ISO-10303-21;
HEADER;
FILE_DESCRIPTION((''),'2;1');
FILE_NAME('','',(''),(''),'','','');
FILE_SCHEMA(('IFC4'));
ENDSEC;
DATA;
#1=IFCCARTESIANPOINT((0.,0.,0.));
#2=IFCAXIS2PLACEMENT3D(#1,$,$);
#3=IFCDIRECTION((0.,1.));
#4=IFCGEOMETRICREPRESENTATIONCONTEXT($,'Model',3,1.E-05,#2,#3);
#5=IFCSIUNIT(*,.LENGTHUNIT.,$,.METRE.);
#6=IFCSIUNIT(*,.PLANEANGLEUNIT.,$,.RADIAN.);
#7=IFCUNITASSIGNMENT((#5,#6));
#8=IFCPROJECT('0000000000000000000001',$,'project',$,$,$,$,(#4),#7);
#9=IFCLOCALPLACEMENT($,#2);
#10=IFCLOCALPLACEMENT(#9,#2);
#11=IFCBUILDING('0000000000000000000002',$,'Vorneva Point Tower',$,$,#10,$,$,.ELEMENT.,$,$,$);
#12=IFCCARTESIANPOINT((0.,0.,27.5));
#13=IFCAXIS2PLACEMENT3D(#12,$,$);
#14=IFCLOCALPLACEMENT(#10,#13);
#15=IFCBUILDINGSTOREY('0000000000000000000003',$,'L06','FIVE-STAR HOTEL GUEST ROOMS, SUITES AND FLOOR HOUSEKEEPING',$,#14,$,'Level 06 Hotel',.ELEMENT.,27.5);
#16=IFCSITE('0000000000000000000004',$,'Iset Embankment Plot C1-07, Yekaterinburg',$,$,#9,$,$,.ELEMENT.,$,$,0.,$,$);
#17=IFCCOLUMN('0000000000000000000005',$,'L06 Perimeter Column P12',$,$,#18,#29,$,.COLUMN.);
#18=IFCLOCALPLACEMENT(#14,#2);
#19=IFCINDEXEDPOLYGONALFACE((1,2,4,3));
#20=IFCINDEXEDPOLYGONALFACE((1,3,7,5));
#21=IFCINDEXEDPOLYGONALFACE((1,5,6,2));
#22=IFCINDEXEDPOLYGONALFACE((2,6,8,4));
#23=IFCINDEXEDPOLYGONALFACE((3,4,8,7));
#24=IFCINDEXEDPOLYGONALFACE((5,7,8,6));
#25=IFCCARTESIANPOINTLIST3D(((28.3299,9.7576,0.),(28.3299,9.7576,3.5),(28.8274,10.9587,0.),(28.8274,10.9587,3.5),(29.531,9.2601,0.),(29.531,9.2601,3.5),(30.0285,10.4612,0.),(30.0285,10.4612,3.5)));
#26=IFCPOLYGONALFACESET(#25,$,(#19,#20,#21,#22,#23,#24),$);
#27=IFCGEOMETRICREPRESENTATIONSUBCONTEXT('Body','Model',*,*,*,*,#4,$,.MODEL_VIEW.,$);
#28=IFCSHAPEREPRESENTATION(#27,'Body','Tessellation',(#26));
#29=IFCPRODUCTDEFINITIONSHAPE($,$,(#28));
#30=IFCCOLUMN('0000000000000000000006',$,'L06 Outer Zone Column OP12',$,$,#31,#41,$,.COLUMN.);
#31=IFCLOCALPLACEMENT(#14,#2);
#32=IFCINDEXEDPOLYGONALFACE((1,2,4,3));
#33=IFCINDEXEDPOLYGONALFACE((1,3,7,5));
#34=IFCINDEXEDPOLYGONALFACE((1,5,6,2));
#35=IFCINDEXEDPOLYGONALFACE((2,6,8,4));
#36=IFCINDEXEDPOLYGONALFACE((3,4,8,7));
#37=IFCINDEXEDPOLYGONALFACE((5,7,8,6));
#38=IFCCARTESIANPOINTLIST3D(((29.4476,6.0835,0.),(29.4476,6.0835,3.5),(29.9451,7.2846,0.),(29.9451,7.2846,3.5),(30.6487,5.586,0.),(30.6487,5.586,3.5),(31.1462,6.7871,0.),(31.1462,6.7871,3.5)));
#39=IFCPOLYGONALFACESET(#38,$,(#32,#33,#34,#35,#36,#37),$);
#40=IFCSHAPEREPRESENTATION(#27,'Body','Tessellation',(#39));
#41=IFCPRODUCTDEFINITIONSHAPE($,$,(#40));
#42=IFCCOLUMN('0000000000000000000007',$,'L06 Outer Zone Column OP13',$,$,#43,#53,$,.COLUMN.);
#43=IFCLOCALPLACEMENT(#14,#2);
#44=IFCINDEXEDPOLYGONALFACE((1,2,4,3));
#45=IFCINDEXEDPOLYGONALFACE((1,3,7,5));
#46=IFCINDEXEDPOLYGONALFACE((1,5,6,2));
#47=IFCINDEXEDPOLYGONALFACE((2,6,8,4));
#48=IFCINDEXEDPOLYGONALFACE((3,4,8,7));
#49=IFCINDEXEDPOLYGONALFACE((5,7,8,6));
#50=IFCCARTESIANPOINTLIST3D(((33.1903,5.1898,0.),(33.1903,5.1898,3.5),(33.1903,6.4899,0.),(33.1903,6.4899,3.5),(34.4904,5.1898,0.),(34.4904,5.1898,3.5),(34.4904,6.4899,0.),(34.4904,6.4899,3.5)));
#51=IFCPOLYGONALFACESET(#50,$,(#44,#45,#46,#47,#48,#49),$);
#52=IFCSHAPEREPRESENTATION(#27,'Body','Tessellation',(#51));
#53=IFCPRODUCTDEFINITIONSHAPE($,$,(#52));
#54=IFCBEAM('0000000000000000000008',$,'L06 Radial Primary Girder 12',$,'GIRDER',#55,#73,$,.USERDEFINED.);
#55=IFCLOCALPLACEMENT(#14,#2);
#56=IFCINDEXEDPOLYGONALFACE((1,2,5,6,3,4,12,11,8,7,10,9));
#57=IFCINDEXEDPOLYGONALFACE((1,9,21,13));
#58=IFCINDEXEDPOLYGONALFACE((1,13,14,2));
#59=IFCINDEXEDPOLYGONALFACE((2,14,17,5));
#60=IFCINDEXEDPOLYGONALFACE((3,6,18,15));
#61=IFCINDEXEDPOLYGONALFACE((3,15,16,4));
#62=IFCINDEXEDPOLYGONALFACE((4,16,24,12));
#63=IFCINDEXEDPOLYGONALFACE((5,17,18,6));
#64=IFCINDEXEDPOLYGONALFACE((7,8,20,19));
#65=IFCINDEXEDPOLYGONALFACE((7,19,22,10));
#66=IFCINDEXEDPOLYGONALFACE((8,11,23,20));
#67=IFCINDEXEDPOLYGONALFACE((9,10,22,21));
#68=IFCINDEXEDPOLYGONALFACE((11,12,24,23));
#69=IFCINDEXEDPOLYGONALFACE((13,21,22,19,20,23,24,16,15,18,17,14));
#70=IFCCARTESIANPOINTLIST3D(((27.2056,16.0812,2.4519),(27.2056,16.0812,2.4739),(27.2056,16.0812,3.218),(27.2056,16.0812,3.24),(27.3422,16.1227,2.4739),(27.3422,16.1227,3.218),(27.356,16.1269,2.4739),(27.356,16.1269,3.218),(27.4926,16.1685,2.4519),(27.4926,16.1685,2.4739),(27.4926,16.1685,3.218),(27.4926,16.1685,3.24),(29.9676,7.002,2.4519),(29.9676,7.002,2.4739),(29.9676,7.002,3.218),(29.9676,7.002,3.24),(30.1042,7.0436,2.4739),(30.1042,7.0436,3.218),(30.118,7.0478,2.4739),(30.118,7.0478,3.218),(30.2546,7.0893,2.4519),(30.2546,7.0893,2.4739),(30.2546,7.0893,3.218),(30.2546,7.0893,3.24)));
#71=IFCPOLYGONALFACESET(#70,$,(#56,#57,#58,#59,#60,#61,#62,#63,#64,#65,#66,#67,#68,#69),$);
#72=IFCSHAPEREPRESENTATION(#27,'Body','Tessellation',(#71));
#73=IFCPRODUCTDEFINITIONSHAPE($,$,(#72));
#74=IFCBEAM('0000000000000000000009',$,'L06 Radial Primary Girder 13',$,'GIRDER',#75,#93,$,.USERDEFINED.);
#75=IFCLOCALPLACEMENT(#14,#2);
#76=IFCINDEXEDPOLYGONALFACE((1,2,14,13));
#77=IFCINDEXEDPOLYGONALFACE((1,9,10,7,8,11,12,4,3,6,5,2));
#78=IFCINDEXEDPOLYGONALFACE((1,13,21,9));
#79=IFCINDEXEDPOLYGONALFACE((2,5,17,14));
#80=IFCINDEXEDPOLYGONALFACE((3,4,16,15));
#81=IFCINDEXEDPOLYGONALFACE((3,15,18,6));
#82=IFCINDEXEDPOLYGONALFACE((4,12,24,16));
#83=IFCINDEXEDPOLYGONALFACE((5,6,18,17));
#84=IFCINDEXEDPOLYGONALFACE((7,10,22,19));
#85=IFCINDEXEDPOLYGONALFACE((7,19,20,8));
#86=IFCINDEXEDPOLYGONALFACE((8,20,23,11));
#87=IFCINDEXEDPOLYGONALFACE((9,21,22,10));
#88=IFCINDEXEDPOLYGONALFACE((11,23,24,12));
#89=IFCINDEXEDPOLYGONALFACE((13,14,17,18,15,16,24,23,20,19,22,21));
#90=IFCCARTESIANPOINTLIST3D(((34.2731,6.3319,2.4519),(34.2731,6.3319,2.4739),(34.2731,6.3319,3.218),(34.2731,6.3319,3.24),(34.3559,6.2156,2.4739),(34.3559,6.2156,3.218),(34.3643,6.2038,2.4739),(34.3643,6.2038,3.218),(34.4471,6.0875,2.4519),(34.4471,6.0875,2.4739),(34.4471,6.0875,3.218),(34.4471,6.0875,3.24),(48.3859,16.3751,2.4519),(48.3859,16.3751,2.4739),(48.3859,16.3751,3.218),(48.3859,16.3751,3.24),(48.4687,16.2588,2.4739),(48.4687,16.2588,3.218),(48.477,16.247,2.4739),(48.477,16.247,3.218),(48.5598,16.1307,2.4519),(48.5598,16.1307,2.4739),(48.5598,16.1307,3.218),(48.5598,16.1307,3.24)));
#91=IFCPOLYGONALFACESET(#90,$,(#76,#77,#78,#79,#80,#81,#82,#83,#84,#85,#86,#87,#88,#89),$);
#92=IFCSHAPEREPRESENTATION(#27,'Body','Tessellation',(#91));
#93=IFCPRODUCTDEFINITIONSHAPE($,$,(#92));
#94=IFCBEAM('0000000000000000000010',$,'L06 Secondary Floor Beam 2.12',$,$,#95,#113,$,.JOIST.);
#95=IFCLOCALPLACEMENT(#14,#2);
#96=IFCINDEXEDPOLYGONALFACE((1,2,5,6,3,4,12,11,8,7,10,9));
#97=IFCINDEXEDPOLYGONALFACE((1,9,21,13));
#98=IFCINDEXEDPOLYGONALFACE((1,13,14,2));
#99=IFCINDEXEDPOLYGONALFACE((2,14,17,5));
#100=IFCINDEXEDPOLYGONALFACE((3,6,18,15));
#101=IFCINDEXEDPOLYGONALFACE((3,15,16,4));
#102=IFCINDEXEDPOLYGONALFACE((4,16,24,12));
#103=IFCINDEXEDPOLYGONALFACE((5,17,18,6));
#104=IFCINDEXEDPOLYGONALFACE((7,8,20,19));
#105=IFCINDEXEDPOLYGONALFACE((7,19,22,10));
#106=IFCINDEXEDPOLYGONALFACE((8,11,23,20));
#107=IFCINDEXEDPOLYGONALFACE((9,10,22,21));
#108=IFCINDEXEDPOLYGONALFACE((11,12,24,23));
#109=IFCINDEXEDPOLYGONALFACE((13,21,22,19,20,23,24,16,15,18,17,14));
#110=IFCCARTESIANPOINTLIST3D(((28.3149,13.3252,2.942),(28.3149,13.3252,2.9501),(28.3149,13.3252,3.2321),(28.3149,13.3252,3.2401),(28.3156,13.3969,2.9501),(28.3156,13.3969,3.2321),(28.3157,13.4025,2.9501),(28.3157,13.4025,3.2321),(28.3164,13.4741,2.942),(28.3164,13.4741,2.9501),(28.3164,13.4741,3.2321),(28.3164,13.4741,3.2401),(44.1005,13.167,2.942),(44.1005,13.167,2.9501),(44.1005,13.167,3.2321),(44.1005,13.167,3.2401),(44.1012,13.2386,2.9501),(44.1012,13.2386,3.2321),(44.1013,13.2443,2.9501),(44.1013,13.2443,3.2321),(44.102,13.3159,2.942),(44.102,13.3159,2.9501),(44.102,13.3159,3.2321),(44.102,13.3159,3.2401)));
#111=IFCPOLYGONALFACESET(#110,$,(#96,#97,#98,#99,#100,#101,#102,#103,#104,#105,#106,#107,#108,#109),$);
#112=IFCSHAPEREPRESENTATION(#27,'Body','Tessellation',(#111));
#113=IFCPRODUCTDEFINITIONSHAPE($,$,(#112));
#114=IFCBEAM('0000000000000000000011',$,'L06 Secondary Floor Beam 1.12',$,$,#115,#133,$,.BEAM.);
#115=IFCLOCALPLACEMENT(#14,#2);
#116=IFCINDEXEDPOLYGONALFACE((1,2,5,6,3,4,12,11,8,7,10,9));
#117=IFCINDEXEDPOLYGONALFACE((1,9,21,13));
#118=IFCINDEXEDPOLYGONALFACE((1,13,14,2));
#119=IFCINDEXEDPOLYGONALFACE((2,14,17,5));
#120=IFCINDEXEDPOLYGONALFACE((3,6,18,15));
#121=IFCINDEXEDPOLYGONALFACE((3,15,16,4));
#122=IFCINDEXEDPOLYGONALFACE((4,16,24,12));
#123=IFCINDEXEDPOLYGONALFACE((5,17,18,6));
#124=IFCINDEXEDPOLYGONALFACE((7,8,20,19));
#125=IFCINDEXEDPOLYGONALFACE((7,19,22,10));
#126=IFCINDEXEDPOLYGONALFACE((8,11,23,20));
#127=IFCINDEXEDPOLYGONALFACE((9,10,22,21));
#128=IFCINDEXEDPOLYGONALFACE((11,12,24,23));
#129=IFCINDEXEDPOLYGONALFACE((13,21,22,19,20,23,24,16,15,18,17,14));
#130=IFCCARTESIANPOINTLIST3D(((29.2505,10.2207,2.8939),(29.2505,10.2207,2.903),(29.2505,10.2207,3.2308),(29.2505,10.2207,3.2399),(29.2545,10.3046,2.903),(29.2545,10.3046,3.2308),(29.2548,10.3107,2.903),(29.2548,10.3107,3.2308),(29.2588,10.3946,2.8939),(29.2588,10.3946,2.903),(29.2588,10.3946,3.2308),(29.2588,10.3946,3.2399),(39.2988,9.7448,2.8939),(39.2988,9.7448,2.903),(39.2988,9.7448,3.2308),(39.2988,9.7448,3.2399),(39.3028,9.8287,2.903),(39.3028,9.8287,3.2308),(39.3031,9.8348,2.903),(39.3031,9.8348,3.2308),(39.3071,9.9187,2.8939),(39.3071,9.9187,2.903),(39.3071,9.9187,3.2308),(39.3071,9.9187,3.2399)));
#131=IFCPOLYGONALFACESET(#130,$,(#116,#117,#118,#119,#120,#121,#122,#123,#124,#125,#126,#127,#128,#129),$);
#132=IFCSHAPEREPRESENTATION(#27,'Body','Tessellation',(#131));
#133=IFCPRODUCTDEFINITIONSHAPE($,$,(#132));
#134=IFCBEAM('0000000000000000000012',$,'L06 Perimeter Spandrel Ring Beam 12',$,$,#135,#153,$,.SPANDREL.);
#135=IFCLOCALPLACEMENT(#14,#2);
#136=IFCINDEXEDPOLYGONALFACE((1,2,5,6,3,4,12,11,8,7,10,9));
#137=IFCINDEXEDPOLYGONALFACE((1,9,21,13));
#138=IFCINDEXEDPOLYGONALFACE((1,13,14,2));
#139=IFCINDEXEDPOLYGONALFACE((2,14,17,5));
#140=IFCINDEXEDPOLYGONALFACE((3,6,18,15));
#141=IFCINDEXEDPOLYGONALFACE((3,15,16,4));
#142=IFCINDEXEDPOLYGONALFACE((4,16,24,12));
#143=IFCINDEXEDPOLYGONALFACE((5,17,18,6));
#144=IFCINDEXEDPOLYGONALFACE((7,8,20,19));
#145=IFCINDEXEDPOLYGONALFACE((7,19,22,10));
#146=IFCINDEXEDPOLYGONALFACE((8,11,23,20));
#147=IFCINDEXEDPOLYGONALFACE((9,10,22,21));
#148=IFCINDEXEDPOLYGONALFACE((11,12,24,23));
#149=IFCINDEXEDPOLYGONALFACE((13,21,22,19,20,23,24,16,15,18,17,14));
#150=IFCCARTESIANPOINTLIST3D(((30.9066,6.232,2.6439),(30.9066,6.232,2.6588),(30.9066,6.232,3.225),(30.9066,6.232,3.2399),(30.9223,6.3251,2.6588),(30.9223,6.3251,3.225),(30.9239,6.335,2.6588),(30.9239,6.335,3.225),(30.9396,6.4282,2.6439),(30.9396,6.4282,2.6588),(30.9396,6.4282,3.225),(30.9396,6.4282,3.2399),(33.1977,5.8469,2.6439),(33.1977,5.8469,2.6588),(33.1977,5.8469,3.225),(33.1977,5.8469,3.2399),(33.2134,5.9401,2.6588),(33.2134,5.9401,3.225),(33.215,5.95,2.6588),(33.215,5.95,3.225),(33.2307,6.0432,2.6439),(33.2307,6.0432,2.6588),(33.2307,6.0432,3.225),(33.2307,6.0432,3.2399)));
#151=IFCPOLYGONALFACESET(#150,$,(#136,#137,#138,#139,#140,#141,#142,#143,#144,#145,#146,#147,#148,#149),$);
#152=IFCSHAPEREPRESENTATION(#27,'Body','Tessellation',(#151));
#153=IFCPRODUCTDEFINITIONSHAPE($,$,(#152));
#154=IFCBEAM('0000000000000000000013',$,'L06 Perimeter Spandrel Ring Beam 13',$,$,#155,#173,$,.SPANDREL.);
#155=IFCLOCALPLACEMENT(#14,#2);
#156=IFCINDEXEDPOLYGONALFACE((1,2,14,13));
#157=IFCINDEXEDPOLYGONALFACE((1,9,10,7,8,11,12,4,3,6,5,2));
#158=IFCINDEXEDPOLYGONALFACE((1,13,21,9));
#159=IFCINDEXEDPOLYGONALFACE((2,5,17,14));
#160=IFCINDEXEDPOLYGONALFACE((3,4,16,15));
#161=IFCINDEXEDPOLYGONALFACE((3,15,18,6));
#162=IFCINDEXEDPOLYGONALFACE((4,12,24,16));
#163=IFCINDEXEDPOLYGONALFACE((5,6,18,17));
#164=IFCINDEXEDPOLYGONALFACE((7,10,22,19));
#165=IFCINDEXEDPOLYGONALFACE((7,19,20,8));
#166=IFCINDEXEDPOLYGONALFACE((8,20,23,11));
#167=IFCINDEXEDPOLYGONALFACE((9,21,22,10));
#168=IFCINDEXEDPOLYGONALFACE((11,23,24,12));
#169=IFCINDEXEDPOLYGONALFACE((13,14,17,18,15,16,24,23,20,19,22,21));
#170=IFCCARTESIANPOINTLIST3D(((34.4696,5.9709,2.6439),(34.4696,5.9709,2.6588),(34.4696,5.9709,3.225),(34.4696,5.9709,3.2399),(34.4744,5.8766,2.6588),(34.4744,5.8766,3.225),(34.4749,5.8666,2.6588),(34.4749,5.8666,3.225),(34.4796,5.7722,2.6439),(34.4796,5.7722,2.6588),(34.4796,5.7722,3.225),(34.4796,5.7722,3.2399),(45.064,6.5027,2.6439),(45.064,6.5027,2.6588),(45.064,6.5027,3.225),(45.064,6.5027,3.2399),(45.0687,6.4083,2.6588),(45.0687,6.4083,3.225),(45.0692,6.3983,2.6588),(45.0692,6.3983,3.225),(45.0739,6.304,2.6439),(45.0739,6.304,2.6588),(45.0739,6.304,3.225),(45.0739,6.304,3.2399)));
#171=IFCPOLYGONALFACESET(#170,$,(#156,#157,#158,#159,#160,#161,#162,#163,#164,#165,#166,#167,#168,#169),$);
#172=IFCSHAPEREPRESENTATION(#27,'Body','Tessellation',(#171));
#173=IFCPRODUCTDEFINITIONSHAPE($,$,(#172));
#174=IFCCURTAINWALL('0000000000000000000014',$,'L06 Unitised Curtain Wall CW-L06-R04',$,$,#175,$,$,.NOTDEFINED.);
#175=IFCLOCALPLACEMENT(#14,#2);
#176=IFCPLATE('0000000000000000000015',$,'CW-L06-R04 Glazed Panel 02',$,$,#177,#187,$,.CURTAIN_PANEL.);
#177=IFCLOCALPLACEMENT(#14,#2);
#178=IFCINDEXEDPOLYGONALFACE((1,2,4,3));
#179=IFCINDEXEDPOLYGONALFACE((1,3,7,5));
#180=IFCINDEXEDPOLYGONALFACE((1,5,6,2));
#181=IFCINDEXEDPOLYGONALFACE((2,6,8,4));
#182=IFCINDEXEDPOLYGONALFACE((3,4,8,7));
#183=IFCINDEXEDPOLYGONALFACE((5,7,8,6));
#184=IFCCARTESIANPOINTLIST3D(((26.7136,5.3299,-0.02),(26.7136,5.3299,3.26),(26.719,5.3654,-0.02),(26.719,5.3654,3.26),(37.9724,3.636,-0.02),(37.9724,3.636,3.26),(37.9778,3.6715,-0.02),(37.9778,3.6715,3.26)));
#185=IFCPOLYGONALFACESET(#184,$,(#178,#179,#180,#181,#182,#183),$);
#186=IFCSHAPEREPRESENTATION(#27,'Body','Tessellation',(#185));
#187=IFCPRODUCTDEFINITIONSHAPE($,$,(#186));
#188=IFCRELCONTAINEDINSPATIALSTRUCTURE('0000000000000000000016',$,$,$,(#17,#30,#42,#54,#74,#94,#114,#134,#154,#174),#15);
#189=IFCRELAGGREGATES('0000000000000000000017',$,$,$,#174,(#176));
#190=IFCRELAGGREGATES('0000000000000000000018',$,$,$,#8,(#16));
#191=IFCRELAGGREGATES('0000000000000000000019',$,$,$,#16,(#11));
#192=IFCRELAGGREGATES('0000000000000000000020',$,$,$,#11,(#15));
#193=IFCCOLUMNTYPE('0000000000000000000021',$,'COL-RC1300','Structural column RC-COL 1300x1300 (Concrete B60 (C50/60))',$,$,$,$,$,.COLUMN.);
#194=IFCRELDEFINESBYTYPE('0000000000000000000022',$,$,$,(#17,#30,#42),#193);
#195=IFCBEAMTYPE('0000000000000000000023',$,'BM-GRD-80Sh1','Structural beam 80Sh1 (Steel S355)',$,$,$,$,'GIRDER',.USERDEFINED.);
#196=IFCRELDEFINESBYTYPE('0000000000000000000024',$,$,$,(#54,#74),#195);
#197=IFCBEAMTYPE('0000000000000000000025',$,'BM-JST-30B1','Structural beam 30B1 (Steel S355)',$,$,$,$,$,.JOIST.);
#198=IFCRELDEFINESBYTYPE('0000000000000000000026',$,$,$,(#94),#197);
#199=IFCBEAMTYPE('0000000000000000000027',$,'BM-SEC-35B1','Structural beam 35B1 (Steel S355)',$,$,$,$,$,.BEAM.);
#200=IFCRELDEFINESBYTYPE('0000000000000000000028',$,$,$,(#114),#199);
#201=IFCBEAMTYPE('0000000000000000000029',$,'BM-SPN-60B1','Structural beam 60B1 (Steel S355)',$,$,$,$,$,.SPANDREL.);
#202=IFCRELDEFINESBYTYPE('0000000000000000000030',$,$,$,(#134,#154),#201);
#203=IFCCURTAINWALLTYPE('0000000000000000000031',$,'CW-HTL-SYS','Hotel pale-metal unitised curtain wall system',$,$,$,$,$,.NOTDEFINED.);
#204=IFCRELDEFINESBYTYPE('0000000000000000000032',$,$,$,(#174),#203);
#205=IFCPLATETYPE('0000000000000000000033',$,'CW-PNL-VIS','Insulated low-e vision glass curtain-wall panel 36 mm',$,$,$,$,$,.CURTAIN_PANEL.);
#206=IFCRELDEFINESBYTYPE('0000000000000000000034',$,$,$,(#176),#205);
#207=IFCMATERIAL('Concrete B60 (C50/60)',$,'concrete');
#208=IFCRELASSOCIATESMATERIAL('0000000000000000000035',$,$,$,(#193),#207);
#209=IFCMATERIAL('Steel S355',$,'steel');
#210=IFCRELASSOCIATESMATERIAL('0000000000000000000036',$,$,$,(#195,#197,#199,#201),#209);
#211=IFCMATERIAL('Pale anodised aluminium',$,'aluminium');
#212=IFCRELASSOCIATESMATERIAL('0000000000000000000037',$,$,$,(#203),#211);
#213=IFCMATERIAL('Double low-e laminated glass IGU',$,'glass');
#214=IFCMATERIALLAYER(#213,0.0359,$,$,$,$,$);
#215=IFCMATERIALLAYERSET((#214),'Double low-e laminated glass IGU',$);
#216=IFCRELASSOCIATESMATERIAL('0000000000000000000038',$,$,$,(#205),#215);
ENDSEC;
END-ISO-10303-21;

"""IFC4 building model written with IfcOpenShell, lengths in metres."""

from ifc_helpers import new_model, si_unit, direction, frame, origin, origin_2d, place, context, subcontext, project, spatial, rectangle, i_section, extrude, material, layer, layer_set, material_profile, profile_set, type_object, element, aggregate, save


model = new_model("IFC4")

# Units and contexts
model_context = context("Model", 3, precision=1e-05, world=origin(), true_north=direction((0.0, 1.0)))
body_context = subcontext(model_context, "Body", "Model", "MODEL_VIEW")
ifc_project = project(units=[si_unit("LENGTHUNIT", "METRE"), si_unit("PLANEANGLEUNIT", "RADIAN")], contexts=[model_context])

# Site, building, storey
site_placement = place(None, origin())
site = spatial("IfcSite", under=ifc_project, at=site_placement, Name="Iset Embankment Plot C1-07, Yekaterinburg", CompositionType="ELEMENT", RefElevation=0.0)
building_placement = place(site_placement, origin())
building = spatial("IfcBuilding", under=site, at=building_placement, Name="Vorneva Point Tower", CompositionType="ELEMENT")
storey_placement = place(building_placement, frame((0.0, 0.0, 27.5)))
storey = spatial("IfcBuildingStorey", under=building, at=storey_placement, Name="L06", Description="FIVE-STAR HOTEL GUEST ROOMS, SUITES AND FLOOR HOUSEKEEPING", LongName="Level 06 Hotel", CompositionType="ELEMENT", Elevation=27.5)

# Columns
ifc_material_1 = material(Name="Concrete B60 (C50/60)", Category="concrete")
ifc_material_profile_1 = material_profile(ifc_material_1, rectangle(XDim=1.3, YDim=1.3, at=origin_2d()), Name="RC-COL 1300x1300")
ifc_profile_set_1 = profile_set([ifc_material_profile_1], Name="Concrete B60 (C50/60)")
column_type = type_object("IfcColumnType", Name="COL-RC1300", Description="Structural column RC-COL 1300x1300 (Concrete B60 (C50/60))", PredefinedType="COLUMN", material=ifc_profile_set_1)
for number, where, z_axis, x_axis, name in (
    (1, (29.1792, 10.1094, 0.0), (0.0, 0.0, 1.0), (-0.382683, -0.92388, 0.0), "L06 Perimeter Column P12"),
    (2, (30.2969, 6.4353, 0.0), (0.0, 0.0, 1.0), (-0.382683, -0.92388, 0.0), "L06 Outer Zone Column OP12"),
    (3, (33.8403, 5.8398, 0.0), (0.0, 0.0, 1.0), (0.0, -1.0, 0.0), "L06 Outer Zone Column OP13"),
):
    element("IfcColumn", number, at=place(storey_placement, frame(where, z_axis=z_axis, x_axis=x_axis)), inside=storey, type_object=column_type, Name=name, PredefinedType="COLUMN", context=body_context, shape_type="SweptSolid", body=[
        extrude(rectangle(XDim=1.3, YDim=1.3, at=origin_2d()), origin(), (0.0, 0.0, 1.0), 3.5),
    ])

# Beams
ifc_material_2 = material(Name="Steel S355", Category="steel")
ifc_material_profile_2 = material_profile(ifc_material_2, i_section(OverallWidth=0.3, OverallDepth=0.7881, WebThickness=0.0144, FlangeThickness=0.022, at=origin_2d()), Name="80Sh1")
ifc_profile_set_2 = profile_set([ifc_material_profile_2], Name="Steel S355")
beam_type_1 = type_object("IfcBeamType", Name="BM-GRD-80Sh1", Description="Structural beam 80Sh1 (Steel S355)", ElementType="GIRDER", PredefinedType="USERDEFINED", material=ifc_profile_set_2)
beam_1_placement = place(storey_placement, frame((30.1111, 7.0457, 2.8459), z_axis=(-0.291042, 0.95671, 0.0), x_axis=(-0.95671, -0.291042, 0.0)))
element("IfcBeam", 4, at=beam_1_placement, inside=storey, type_object=beam_type_1, Name="L06 Radial Primary Girder 12", ObjectType="GIRDER", PredefinedType="USERDEFINED", context=body_context, shape_type="SweptSolid", body=[
    extrude(i_section(OverallWidth=0.3, OverallDepth=0.7881, WebThickness=0.0144, FlangeThickness=0.022, at=origin_2d()), origin(), (0.0, 0.0, 1.0), 9.49),
])
beam_2_placement = place(storey_placement, frame((34.3601, 6.2097, 2.8459), z_axis=(0.814752, 0.579809, 0.0), x_axis=(-0.579809, 0.814752, 0.0)))
element("IfcBeam", 5, at=beam_2_placement, inside=storey, type_object=beam_type_1, Name="L06 Radial Primary Girder 13", ObjectType="GIRDER", PredefinedType="USERDEFINED", context=body_context, shape_type="SweptSolid", body=[
    extrude(i_section(OverallWidth=0.3, OverallDepth=0.7881, WebThickness=0.0144, FlangeThickness=0.022, at=origin_2d()), origin(), (0.0, 0.0, 1.0), 17.3215),
])
ifc_material_profile_3 = material_profile(ifc_material_2, i_section(OverallWidth=0.1489, OverallDepth=0.2981, WebThickness=0.0056, FlangeThickness=0.0081, at=origin_2d()), Name="30B1")
ifc_profile_set_3 = profile_set([ifc_material_profile_3], Name="Steel S355")
beam_type_2 = type_object("IfcBeamType", Name="BM-JST-30B1", Description="Structural beam 30B1 (Steel S355)", PredefinedType="JOIST", material=ifc_profile_set_3)
beam_3_placement = place(storey_placement, frame((28.3157, 13.3997, 3.0911), z_axis=(0.99995, -0.010021, 0.0), x_axis=(0.010021, 0.99995, 0.0)))
element("IfcBeam", 6, at=beam_3_placement, inside=storey, type_object=beam_type_2, Name="L06 Secondary Floor Beam 2.12", PredefinedType="JOIST", context=body_context, shape_type="SweptSolid", body=[
    extrude(i_section(OverallWidth=0.1489, OverallDepth=0.2981, WebThickness=0.0056, FlangeThickness=0.0081, at=origin_2d()), origin(), (0.0, 0.0, 1.0), 15.7864),
])
ifc_material_profile_4 = material_profile(ifc_material_2, i_section(OverallWidth=0.1741, OverallDepth=0.3459, WebThickness=0.0061, FlangeThickness=0.009, at=origin_2d()), Name="35B1")
ifc_profile_set_4 = profile_set([ifc_material_profile_4], Name="Steel S355")
beam_type_3 = type_object("IfcBeamType", Name="BM-SEC-35B1", Description="Structural beam 35B1 (Steel S355)", PredefinedType="BEAM", material=ifc_profile_set_4)
beam_4_placement = place(storey_placement, frame((29.2546, 10.3076, 3.0669), z_axis=(0.998881, -0.047301, 0.0), x_axis=(0.047301, 0.998881, 0.0)))
element("IfcBeam", 7, at=beam_4_placement, inside=storey, type_object=beam_type_3, Name="L06 Secondary Floor Beam 1.12", PredefinedType="BEAM", context=body_context, shape_type="SweptSolid", body=[
    extrude(i_section(OverallWidth=0.1741, OverallDepth=0.3459, WebThickness=0.0061, FlangeThickness=0.009, at=origin_2d()), origin(), (0.0, 0.0, 1.0), 10.0596),
])
ifc_material_profile_5 = material_profile(ifc_material_2, i_section(OverallWidth=0.199, OverallDepth=0.5959, WebThickness=0.01, FlangeThickness=0.0149, at=origin_2d()), Name="60B1")
ifc_profile_set_5 = profile_set([ifc_material_profile_5], Name="Steel S355")
beam_type_4 = type_object("IfcBeamType", Name="BM-SPN-60B1", Description="Structural beam 60B1 (Steel S355)", PredefinedType="SPANDREL", material=ifc_profile_set_5)
beam_5_placement = place(storey_placement, frame((30.9231, 6.3301, 2.9419), z_axis=(0.986171, -0.165728, 0.0), x_axis=(0.165728, 0.986171, 0.0)))
element("IfcBeam", 8, at=beam_5_placement, inside=storey, type_object=beam_type_4, Name="L06 Perimeter Spandrel Ring Beam 12", PredefinedType="SPANDREL", context=body_context, shape_type="SweptSolid", body=[
    extrude(i_section(OverallWidth=0.199, OverallDepth=0.5959, WebThickness=0.01, FlangeThickness=0.0149, at=origin_2d()), origin(), (0.0, 0.0, 1.0), 2.3232),
])
beam_6_placement = place(storey_placement, frame((34.4746, 5.8716, 2.9419), z_axis=(0.998743, 0.050128, 0.0), x_axis=(-0.050128, 0.998743, 0.0)))
element("IfcBeam", 9, at=beam_6_placement, inside=storey, type_object=beam_type_4, Name="L06 Perimeter Spandrel Ring Beam 13", PredefinedType="SPANDREL", context=body_context, shape_type="SweptSolid", body=[
    extrude(i_section(OverallWidth=0.199, OverallDepth=0.5959, WebThickness=0.01, FlangeThickness=0.0149, at=origin_2d()), origin(), (0.0, 0.0, 1.0), 10.6077),
])

# Curtain wall, plate
ifc_material_3 = material(Name="Pale anodised aluminium", Category="aluminium")
curtain_wall_type = type_object("IfcCurtainWallType", Name="CW-HTL-SYS", Description="Hotel pale-metal unitised curtain wall system", PredefinedType="NOTDEFINED", material=ifc_material_3)
curtain_wall_placement = place(storey_placement, origin())
curtain_wall = element("IfcCurtainWall", 10, at=curtain_wall_placement, inside=storey, type_object=curtain_wall_type, Name="L06 Unitised Curtain Wall CW-L06-R04", PredefinedType="NOTDEFINED")
ifc_material_4 = material(Name="Double low-e laminated glass IGU", Category="glass")
ifc_layer_1 = layer(ifc_material_4, 0.0359)
ifc_layer_set_1 = layer_set([ifc_layer_1], Name="Double low-e laminated glass IGU")
plate_type = type_object("IfcPlateType", Name="CW-PNL-VIS", Description="Insulated low-e vision glass curtain-wall panel 36 mm", PredefinedType="CURTAIN_PANEL", material=ifc_layer_set_1)
plate_placement = place(storey_placement, frame((32.3457, 4.5007, -0.02), z_axis=(0.0, 0.0, 1.0), x_axis=(0.988871, -0.148776, 0.0)))
plate = element("IfcPlate", 11, at=plate_placement, type_object=plate_type, Name="CW-L06-R04 Glazed Panel 02", PredefinedType="CURTAIN_PANEL", context=body_context, shape_type="SweptSolid", body=[
    extrude(rectangle(XDim=11.3855, YDim=0.0359, at=origin_2d()), origin(), (0.0, 0.0, 1.0), 3.28),
])
aggregate(curtain_wall, [plate])

save(model, "model.ifc")
